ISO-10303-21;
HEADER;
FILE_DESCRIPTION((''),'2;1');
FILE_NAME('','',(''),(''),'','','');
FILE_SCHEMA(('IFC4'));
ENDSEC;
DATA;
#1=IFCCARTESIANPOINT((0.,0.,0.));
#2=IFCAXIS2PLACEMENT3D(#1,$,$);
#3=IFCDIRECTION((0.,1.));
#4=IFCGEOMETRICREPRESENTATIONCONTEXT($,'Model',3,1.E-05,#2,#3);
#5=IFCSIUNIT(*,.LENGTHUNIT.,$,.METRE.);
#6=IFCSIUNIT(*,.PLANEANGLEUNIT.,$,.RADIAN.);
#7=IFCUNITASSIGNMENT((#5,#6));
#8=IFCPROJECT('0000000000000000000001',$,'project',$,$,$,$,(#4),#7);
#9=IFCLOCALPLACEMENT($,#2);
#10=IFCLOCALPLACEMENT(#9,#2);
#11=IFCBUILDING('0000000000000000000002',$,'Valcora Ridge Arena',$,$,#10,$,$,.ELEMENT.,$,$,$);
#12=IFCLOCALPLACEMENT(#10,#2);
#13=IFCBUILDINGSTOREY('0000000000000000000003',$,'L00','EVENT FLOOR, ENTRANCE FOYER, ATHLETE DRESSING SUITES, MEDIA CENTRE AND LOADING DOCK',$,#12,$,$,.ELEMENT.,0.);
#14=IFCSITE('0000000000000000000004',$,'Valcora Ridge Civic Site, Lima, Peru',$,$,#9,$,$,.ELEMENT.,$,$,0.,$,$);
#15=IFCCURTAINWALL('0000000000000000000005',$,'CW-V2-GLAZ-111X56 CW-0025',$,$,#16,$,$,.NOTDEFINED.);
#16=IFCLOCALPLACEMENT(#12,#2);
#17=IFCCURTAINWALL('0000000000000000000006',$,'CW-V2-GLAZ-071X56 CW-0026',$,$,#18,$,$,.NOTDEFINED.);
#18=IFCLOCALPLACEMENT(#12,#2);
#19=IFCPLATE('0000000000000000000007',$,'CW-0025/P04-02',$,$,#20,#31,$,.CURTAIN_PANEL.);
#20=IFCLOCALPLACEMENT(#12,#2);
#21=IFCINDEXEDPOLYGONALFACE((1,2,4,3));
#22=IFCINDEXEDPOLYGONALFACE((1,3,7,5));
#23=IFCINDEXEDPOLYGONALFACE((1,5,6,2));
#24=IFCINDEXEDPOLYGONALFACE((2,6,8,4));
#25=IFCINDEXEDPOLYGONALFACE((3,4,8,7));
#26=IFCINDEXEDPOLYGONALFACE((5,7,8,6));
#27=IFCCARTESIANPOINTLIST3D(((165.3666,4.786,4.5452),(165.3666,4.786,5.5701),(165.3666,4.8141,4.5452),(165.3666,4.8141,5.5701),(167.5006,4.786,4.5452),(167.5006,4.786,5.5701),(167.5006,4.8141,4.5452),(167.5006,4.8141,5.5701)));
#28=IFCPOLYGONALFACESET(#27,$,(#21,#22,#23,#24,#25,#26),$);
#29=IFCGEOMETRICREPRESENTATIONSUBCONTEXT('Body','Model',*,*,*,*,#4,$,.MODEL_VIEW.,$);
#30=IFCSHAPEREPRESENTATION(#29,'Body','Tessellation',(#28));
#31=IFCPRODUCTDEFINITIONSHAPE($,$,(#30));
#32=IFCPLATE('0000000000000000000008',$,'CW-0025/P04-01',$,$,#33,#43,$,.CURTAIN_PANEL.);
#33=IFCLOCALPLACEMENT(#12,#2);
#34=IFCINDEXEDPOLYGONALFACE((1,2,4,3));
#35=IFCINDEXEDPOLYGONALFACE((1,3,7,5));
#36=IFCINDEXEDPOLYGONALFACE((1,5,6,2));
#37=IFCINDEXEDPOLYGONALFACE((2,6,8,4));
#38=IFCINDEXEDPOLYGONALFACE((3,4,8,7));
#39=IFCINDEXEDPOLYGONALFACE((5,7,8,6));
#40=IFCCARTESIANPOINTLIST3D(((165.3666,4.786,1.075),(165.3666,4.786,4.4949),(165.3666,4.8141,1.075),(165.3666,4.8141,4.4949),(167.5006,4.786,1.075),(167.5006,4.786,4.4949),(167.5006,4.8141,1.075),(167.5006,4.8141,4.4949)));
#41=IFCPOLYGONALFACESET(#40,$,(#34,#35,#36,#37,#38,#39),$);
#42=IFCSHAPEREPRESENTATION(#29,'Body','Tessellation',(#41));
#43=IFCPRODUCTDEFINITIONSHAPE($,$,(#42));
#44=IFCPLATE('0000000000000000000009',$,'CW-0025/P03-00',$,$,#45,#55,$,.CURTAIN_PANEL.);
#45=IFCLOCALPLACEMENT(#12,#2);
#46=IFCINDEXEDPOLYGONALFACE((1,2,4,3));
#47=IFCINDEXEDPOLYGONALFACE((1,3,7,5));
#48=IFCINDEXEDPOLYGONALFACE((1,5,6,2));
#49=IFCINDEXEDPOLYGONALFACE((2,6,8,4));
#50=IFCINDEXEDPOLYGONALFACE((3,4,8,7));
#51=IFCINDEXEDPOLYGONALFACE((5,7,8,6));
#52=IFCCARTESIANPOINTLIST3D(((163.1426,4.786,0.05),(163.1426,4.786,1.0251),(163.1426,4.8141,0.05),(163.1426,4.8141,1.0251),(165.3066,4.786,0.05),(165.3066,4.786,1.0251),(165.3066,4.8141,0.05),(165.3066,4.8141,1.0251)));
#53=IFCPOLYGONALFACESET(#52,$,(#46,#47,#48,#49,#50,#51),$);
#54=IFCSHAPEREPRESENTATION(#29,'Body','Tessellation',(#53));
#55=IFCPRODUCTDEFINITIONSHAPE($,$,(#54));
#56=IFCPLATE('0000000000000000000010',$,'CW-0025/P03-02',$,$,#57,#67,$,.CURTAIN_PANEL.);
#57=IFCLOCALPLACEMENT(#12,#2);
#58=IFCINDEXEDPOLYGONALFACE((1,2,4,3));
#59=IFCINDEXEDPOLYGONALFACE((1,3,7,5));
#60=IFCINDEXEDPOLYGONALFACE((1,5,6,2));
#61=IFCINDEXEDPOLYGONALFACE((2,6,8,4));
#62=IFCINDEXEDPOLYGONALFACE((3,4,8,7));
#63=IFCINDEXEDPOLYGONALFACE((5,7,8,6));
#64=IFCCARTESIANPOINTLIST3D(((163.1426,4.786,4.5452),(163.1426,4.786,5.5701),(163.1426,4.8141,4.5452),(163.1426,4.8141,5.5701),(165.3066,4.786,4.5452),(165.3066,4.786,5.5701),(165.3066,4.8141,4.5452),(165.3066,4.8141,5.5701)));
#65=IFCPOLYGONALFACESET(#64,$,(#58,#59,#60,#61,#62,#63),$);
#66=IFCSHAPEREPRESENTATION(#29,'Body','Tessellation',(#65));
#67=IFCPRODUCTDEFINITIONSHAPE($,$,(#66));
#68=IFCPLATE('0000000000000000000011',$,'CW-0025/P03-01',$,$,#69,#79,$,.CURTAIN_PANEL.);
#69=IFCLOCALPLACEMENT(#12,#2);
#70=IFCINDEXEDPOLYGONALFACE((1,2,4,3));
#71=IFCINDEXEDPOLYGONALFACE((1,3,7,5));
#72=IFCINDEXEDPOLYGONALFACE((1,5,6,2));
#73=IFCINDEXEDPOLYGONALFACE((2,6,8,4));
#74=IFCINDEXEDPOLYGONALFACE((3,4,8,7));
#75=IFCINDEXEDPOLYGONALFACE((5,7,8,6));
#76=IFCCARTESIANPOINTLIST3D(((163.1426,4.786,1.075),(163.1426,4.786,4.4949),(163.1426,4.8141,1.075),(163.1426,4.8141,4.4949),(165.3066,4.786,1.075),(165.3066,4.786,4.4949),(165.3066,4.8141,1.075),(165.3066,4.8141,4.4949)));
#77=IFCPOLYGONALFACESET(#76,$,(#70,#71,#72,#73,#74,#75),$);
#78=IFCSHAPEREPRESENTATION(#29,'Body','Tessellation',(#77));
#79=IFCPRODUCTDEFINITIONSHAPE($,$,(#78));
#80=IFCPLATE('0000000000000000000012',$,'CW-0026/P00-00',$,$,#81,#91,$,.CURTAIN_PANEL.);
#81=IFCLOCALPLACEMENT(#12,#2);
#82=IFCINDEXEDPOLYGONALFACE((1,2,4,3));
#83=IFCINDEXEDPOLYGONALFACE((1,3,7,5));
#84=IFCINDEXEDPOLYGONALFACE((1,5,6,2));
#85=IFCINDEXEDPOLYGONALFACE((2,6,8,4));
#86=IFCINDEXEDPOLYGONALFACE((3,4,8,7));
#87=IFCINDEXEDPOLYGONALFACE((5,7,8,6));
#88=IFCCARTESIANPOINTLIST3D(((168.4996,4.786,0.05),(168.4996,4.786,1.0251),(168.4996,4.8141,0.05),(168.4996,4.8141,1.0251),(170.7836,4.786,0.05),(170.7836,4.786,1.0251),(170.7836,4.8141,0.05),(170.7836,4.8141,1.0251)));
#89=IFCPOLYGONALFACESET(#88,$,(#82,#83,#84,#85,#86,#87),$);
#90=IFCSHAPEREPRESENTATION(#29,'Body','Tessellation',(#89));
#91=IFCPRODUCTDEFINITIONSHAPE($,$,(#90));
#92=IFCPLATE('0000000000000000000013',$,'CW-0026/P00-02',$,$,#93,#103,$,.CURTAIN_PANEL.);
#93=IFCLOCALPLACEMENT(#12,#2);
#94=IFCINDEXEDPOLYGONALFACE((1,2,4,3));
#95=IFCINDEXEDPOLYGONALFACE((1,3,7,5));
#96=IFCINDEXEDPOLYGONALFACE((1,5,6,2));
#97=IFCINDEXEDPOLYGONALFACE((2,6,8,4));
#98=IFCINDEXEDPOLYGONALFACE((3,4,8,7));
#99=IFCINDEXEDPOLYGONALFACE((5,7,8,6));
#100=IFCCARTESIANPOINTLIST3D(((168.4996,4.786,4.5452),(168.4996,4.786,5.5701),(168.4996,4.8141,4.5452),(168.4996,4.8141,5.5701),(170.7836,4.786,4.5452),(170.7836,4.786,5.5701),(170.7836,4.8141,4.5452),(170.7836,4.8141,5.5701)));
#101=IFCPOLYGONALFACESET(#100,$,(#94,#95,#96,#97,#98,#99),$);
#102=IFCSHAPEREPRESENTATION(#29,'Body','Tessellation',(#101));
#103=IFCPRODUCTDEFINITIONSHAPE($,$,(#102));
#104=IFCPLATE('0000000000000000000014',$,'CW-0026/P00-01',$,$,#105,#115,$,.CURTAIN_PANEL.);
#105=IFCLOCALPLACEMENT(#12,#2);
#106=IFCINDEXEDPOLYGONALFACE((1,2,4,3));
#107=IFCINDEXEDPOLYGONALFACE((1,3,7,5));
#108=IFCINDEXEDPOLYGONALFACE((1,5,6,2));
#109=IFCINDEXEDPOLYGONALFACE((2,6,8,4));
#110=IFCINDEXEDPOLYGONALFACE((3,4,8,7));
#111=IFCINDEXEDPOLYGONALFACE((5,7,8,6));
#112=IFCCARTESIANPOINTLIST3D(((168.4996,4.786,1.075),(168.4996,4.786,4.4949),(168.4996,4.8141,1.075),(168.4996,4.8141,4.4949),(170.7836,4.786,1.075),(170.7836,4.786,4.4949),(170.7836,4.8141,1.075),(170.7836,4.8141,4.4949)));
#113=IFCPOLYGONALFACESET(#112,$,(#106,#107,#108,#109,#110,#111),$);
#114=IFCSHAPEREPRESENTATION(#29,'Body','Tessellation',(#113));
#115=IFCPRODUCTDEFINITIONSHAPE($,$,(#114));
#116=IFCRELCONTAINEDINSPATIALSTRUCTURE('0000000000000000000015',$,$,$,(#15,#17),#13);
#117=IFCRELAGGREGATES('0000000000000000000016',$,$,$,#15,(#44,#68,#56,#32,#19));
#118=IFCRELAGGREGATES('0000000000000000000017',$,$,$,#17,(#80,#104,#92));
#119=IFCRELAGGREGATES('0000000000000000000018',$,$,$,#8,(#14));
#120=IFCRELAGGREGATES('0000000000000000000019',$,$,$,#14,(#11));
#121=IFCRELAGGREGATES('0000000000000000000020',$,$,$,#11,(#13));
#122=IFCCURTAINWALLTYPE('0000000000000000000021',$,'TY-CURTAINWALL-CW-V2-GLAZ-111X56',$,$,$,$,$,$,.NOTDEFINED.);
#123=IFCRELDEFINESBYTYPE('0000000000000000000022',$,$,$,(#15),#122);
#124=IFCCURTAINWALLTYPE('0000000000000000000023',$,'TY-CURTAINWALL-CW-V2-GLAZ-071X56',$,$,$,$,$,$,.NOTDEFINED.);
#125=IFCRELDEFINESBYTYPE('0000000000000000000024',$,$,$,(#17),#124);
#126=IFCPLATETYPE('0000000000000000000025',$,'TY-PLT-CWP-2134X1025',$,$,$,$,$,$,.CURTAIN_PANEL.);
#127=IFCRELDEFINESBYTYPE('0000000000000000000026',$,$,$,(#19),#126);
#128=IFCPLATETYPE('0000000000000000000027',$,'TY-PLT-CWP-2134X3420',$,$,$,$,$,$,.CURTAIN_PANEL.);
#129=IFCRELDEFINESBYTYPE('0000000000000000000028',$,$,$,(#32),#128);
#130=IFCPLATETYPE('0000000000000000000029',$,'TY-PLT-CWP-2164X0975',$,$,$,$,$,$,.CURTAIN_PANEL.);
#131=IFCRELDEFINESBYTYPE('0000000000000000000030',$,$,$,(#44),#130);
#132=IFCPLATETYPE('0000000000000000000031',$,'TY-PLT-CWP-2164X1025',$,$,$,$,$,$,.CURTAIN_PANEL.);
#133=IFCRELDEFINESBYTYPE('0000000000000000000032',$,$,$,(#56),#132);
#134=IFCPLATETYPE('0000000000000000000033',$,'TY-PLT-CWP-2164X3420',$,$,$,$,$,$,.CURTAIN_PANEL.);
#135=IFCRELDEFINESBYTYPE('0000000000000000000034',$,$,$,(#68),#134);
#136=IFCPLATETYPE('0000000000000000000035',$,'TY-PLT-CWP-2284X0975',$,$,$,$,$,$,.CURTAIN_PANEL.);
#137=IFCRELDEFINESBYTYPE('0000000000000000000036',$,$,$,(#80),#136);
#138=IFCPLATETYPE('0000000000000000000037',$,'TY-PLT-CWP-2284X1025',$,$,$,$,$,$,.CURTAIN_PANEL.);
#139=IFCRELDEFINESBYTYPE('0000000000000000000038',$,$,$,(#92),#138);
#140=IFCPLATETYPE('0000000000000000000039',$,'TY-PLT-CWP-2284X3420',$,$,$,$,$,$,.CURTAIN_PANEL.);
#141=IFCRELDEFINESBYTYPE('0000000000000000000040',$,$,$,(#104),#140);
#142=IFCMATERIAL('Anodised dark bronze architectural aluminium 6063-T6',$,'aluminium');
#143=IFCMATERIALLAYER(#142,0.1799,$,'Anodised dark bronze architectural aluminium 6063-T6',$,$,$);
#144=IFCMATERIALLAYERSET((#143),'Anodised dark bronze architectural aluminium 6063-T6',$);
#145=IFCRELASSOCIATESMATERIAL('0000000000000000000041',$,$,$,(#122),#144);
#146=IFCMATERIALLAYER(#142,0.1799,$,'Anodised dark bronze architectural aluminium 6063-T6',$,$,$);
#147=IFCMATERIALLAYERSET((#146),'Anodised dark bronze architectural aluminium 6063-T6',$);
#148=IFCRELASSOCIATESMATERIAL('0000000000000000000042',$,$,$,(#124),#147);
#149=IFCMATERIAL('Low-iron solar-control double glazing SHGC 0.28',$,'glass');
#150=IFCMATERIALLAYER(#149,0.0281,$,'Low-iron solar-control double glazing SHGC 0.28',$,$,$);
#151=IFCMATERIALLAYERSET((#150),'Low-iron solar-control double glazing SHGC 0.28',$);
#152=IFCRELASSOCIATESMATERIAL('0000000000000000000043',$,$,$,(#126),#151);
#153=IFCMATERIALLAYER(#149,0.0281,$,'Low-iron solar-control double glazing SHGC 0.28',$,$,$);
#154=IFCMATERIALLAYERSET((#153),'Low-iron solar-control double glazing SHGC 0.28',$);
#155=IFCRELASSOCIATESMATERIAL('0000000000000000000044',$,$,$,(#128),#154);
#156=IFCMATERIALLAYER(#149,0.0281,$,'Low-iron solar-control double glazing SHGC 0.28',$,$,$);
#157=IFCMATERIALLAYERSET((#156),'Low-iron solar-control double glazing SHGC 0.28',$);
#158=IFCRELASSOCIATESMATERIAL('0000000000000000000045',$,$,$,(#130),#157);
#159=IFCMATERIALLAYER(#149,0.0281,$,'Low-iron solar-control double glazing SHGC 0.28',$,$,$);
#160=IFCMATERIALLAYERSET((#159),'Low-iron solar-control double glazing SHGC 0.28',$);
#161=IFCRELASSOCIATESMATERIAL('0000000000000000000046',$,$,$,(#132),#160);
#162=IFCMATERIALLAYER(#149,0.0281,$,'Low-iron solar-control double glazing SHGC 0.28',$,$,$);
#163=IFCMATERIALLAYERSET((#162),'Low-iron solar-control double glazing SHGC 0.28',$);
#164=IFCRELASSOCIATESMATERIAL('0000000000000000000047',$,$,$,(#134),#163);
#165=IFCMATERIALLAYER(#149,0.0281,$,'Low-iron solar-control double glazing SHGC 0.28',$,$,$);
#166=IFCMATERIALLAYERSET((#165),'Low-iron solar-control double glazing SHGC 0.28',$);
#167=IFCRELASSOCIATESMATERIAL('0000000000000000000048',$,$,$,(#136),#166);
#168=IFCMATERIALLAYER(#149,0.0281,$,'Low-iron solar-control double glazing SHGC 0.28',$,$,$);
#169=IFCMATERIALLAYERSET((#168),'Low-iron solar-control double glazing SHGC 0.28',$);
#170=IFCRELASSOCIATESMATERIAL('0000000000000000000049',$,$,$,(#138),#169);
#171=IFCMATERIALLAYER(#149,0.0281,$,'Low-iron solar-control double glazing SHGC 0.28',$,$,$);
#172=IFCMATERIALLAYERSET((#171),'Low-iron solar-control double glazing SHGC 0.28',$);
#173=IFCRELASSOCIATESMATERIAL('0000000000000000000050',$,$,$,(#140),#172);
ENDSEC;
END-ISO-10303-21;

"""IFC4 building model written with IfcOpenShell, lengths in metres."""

from ifc_helpers import new_model, si_unit, direction, frame, origin, origin_2d, place, context, subcontext, project, spatial, rectangle, extrude, material, layer, layer_set, type_object, element, aggregate, save


model = new_model("IFC4")

# Units and contexts
model_context = context("Model", 3, precision=1e-05, world=origin(), true_north=direction((0.0, 1.0)))
body_context = subcontext(model_context, "Body", "Model", "MODEL_VIEW")
ifc_project = project(units=[si_unit("LENGTHUNIT", "METRE"), si_unit("PLANEANGLEUNIT", "RADIAN")], contexts=[model_context])

# Site, building, storey
site_placement = place(None, origin())
site = spatial("IfcSite", under=ifc_project, at=site_placement, Name="Valcora Ridge Civic Site, Lima, Peru", CompositionType="ELEMENT", RefElevation=0.0)
building_placement = place(site_placement, origin())
building = spatial("IfcBuilding", under=site, at=building_placement, Name="Valcora Ridge Arena", CompositionType="ELEMENT")
storey_placement = place(building_placement, origin())
storey = spatial("IfcBuildingStorey", under=building, at=storey_placement, Name="L00", Description="EVENT FLOOR, ENTRANCE FOYER, ATHLETE DRESSING SUITES, MEDIA CENTRE AND LOADING DOCK", CompositionType="ELEMENT", Elevation=0.0)

# Curtain wall
ifc_material_1 = material(Name="Anodised dark bronze architectural aluminium 6063-T6", Category="aluminium")
ifc_layer_1 = layer(ifc_material_1, 0.1799, Name="Anodised dark bronze architectural aluminium 6063-T6")
ifc_layer_set_1 = layer_set([ifc_layer_1], Name="Anodised dark bronze architectural aluminium 6063-T6")
curtain_wall_type_1 = type_object("IfcCurtainWallType", Name="TY-CURTAINWALL-CW-V2-GLAZ-111X56", PredefinedType="NOTDEFINED", material=ifc_layer_set_1)
curtain_wall_1_placement = place(storey_placement, origin())
curtain_wall_1 = element("IfcCurtainWall", 1, at=curtain_wall_1_placement, inside=storey, type_object=curtain_wall_type_1, Name="CW-V2-GLAZ-111X56 CW-0025", PredefinedType="NOTDEFINED")

# Curtain wall
ifc_layer_2 = layer(ifc_material_1, 0.1799, Name="Anodised dark bronze architectural aluminium 6063-T6")
ifc_layer_set_2 = layer_set([ifc_layer_2], Name="Anodised dark bronze architectural aluminium 6063-T6")
curtain_wall_type_2 = type_object("IfcCurtainWallType", Name="TY-CURTAINWALL-CW-V2-GLAZ-071X56", PredefinedType="NOTDEFINED", material=ifc_layer_set_2)
curtain_wall_2_placement = place(storey_placement, origin())
curtain_wall_2 = element("IfcCurtainWall", 2, at=curtain_wall_2_placement, inside=storey, type_object=curtain_wall_type_2, Name="CW-V2-GLAZ-071X56 CW-0026", PredefinedType="NOTDEFINED")

# Plates
ifc_material_2 = material(Name="Low-iron solar-control double glazing SHGC 0.28", Category="glass")
ifc_layer_3 = layer(ifc_material_2, 0.0281, Name="Low-iron solar-control double glazing SHGC 0.28")
ifc_layer_set_3 = layer_set([ifc_layer_3], Name="Low-iron solar-control double glazing SHGC 0.28")
plate_type_1 = type_object("IfcPlateType", Name="TY-PLT-CWP-2134X1025", PredefinedType="CURTAIN_PANEL", material=ifc_layer_set_3)
plate_1_placement = place(storey_placement, frame((166.4336, 4.8, 4.5452), z_axis=(0.0, 0.0, 1.0), x_axis=(1.0, 0.0, 0.0)))
plate_1 = element("IfcPlate", 3, at=plate_1_placement, type_object=plate_type_1, Name="CW-0025/P04-02", PredefinedType="CURTAIN_PANEL", context=body_context, shape_type="SweptSolid", body=[
    extrude(rectangle(XDim=2.134, YDim=0.0281, at=origin_2d()), origin(), (0.0, 0.0, 1.0), 1.0249),
])
ifc_layer_4 = layer(ifc_material_2, 0.0281, Name="Low-iron solar-control double glazing SHGC 0.28")
ifc_layer_set_4 = layer_set([ifc_layer_4], Name="Low-iron solar-control double glazing SHGC 0.28")
plate_type_2 = type_object("IfcPlateType", Name="TY-PLT-CWP-2134X3420", PredefinedType="CURTAIN_PANEL", material=ifc_layer_set_4)
plate_2_placement = place(storey_placement, frame((166.4336, 4.8, 1.075), z_axis=(0.0, 0.0, 1.0), x_axis=(1.0, 0.0, 0.0)))
plate_2 = element("IfcPlate", 4, at=plate_2_placement, type_object=plate_type_2, Name="CW-0025/P04-01", PredefinedType="CURTAIN_PANEL", context=body_context, shape_type="SweptSolid", body=[
    extrude(rectangle(XDim=2.134, YDim=0.0281, at=origin_2d()), origin(), (0.0, 0.0, 1.0), 3.4199),
])
ifc_layer_5 = layer(ifc_material_2, 0.0281, Name="Low-iron solar-control double glazing SHGC 0.28")
ifc_layer_set_5 = layer_set([ifc_layer_5], Name="Low-iron solar-control double glazing SHGC 0.28")
plate_type_3 = type_object("IfcPlateType", Name="TY-PLT-CWP-2164X0975", PredefinedType="CURTAIN_PANEL", material=ifc_layer_set_5)
plate_3_placement = place(storey_placement, frame((164.2246, 4.8, 0.05), z_axis=(0.0, 0.0, 1.0), x_axis=(1.0, 0.0, 0.0)))
plate_3 = element("IfcPlate", 5, at=plate_3_placement, type_object=plate_type_3, Name="CW-0025/P03-00", PredefinedType="CURTAIN_PANEL", context=body_context, shape_type="SweptSolid", body=[
    extrude(rectangle(XDim=2.1641, YDim=0.0281, at=origin_2d()), origin(), (0.0, 0.0, 1.0), 0.9751),
])
ifc_layer_6 = layer(ifc_material_2, 0.0281, Name="Low-iron solar-control double glazing SHGC 0.28")
ifc_layer_set_6 = layer_set([ifc_layer_6], Name="Low-iron solar-control double glazing SHGC 0.28")
plate_type_4 = type_object("IfcPlateType", Name="TY-PLT-CWP-2164X1025", PredefinedType="CURTAIN_PANEL", material=ifc_layer_set_6)
plate_4_placement = place(storey_placement, frame((164.2246, 4.8, 4.5452), z_axis=(0.0, 0.0, 1.0), x_axis=(1.0, 0.0, 0.0)))
plate_4 = element("IfcPlate", 6, at=plate_4_placement, type_object=plate_type_4, Name="CW-0025/P03-02", PredefinedType="CURTAIN_PANEL", context=body_context, shape_type="SweptSolid", body=[
    extrude(rectangle(XDim=2.1641, YDim=0.0281, at=origin_2d()), origin(), (0.0, 0.0, 1.0), 1.0249),
])
ifc_layer_7 = layer(ifc_material_2, 0.0281, Name="Low-iron solar-control double glazing SHGC 0.28")
ifc_layer_set_7 = layer_set([ifc_layer_7], Name="Low-iron solar-control double glazing SHGC 0.28")
plate_type_5 = type_object("IfcPlateType", Name="TY-PLT-CWP-2164X3420", PredefinedType="CURTAIN_PANEL", material=ifc_layer_set_7)
plate_5_placement = place(storey_placement, frame((164.2246, 4.8, 1.075), z_axis=(0.0, 0.0, 1.0), x_axis=(1.0, 0.0, 0.0)))
plate_5 = element("IfcPlate", 7, at=plate_5_placement, type_object=plate_type_5, Name="CW-0025/P03-01", PredefinedType="CURTAIN_PANEL", context=body_context, shape_type="SweptSolid", body=[
    extrude(rectangle(XDim=2.1641, YDim=0.0281, at=origin_2d()), origin(), (0.0, 0.0, 1.0), 3.4199),
])
aggregate(curtain_wall_1, [plate_3, plate_5, plate_4, plate_2, plate_1])
ifc_layer_8 = layer(ifc_material_2, 0.0281, Name="Low-iron solar-control double glazing SHGC 0.28")
ifc_layer_set_8 = layer_set([ifc_layer_8], Name="Low-iron solar-control double glazing SHGC 0.28")
plate_type_6 = type_object("IfcPlateType", Name="TY-PLT-CWP-2284X0975", PredefinedType="CURTAIN_PANEL", material=ifc_layer_set_8)
plate_6_placement = place(storey_placement, frame((169.6416, 4.8, 0.05), z_axis=(0.0, 0.0, 1.0), x_axis=(1.0, 0.0, 0.0)))
plate_6 = element("IfcPlate", 8, at=plate_6_placement, type_object=plate_type_6, Name="CW-0026/P00-00", PredefinedType="CURTAIN_PANEL", context=body_context, shape_type="SweptSolid", body=[
    extrude(rectangle(XDim=2.2839, YDim=0.0281, at=origin_2d()), origin(), (0.0, 0.0, 1.0), 0.9751),
])
ifc_layer_9 = layer(ifc_material_2, 0.0281, Name="Low-iron solar-control double glazing SHGC 0.28")
ifc_layer_set_9 = layer_set([ifc_layer_9], Name="Low-iron solar-control double glazing SHGC 0.28")
plate_type_7 = type_object("IfcPlateType", Name="TY-PLT-CWP-2284X1025", PredefinedType="CURTAIN_PANEL", material=ifc_layer_set_9)
plate_7_placement = place(storey_placement, frame((169.6416, 4.8, 4.5452), z_axis=(0.0, 0.0, 1.0), x_axis=(1.0, 0.0, 0.0)))
plate_7 = element("IfcPlate", 9, at=plate_7_placement, type_object=plate_type_7, Name="CW-0026/P00-02", PredefinedType="CURTAIN_PANEL", context=body_context, shape_type="SweptSolid", body=[
    extrude(rectangle(XDim=2.2839, YDim=0.0281, at=origin_2d()), origin(), (0.0, 0.0, 1.0), 1.0249),
])
ifc_layer_10 = layer(ifc_material_2, 0.0281, Name="Low-iron solar-control double glazing SHGC 0.28")
ifc_layer_set_10 = layer_set([ifc_layer_10], Name="Low-iron solar-control double glazing SHGC 0.28")
plate_type_8 = type_object("IfcPlateType", Name="TY-PLT-CWP-2284X3420", PredefinedType="CURTAIN_PANEL", material=ifc_layer_set_10)
plate_8_placement = place(storey_placement, frame((169.6416, 4.8, 1.075), z_axis=(0.0, 0.0, 1.0), x_axis=(1.0, 0.0, 0.0)))
plate_8 = element("IfcPlate", 10, at=plate_8_placement, type_object=plate_type_8, Name="CW-0026/P00-01", PredefinedType="CURTAIN_PANEL", context=body_context, shape_type="SweptSolid", body=[
    extrude(rectangle(XDim=2.2839, YDim=0.0281, at=origin_2d()), origin(), (0.0, 0.0, 1.0), 3.4199),
])
aggregate(curtain_wall_2, [plate_6, plate_8, plate_7])

save(model, "model.ifc")
